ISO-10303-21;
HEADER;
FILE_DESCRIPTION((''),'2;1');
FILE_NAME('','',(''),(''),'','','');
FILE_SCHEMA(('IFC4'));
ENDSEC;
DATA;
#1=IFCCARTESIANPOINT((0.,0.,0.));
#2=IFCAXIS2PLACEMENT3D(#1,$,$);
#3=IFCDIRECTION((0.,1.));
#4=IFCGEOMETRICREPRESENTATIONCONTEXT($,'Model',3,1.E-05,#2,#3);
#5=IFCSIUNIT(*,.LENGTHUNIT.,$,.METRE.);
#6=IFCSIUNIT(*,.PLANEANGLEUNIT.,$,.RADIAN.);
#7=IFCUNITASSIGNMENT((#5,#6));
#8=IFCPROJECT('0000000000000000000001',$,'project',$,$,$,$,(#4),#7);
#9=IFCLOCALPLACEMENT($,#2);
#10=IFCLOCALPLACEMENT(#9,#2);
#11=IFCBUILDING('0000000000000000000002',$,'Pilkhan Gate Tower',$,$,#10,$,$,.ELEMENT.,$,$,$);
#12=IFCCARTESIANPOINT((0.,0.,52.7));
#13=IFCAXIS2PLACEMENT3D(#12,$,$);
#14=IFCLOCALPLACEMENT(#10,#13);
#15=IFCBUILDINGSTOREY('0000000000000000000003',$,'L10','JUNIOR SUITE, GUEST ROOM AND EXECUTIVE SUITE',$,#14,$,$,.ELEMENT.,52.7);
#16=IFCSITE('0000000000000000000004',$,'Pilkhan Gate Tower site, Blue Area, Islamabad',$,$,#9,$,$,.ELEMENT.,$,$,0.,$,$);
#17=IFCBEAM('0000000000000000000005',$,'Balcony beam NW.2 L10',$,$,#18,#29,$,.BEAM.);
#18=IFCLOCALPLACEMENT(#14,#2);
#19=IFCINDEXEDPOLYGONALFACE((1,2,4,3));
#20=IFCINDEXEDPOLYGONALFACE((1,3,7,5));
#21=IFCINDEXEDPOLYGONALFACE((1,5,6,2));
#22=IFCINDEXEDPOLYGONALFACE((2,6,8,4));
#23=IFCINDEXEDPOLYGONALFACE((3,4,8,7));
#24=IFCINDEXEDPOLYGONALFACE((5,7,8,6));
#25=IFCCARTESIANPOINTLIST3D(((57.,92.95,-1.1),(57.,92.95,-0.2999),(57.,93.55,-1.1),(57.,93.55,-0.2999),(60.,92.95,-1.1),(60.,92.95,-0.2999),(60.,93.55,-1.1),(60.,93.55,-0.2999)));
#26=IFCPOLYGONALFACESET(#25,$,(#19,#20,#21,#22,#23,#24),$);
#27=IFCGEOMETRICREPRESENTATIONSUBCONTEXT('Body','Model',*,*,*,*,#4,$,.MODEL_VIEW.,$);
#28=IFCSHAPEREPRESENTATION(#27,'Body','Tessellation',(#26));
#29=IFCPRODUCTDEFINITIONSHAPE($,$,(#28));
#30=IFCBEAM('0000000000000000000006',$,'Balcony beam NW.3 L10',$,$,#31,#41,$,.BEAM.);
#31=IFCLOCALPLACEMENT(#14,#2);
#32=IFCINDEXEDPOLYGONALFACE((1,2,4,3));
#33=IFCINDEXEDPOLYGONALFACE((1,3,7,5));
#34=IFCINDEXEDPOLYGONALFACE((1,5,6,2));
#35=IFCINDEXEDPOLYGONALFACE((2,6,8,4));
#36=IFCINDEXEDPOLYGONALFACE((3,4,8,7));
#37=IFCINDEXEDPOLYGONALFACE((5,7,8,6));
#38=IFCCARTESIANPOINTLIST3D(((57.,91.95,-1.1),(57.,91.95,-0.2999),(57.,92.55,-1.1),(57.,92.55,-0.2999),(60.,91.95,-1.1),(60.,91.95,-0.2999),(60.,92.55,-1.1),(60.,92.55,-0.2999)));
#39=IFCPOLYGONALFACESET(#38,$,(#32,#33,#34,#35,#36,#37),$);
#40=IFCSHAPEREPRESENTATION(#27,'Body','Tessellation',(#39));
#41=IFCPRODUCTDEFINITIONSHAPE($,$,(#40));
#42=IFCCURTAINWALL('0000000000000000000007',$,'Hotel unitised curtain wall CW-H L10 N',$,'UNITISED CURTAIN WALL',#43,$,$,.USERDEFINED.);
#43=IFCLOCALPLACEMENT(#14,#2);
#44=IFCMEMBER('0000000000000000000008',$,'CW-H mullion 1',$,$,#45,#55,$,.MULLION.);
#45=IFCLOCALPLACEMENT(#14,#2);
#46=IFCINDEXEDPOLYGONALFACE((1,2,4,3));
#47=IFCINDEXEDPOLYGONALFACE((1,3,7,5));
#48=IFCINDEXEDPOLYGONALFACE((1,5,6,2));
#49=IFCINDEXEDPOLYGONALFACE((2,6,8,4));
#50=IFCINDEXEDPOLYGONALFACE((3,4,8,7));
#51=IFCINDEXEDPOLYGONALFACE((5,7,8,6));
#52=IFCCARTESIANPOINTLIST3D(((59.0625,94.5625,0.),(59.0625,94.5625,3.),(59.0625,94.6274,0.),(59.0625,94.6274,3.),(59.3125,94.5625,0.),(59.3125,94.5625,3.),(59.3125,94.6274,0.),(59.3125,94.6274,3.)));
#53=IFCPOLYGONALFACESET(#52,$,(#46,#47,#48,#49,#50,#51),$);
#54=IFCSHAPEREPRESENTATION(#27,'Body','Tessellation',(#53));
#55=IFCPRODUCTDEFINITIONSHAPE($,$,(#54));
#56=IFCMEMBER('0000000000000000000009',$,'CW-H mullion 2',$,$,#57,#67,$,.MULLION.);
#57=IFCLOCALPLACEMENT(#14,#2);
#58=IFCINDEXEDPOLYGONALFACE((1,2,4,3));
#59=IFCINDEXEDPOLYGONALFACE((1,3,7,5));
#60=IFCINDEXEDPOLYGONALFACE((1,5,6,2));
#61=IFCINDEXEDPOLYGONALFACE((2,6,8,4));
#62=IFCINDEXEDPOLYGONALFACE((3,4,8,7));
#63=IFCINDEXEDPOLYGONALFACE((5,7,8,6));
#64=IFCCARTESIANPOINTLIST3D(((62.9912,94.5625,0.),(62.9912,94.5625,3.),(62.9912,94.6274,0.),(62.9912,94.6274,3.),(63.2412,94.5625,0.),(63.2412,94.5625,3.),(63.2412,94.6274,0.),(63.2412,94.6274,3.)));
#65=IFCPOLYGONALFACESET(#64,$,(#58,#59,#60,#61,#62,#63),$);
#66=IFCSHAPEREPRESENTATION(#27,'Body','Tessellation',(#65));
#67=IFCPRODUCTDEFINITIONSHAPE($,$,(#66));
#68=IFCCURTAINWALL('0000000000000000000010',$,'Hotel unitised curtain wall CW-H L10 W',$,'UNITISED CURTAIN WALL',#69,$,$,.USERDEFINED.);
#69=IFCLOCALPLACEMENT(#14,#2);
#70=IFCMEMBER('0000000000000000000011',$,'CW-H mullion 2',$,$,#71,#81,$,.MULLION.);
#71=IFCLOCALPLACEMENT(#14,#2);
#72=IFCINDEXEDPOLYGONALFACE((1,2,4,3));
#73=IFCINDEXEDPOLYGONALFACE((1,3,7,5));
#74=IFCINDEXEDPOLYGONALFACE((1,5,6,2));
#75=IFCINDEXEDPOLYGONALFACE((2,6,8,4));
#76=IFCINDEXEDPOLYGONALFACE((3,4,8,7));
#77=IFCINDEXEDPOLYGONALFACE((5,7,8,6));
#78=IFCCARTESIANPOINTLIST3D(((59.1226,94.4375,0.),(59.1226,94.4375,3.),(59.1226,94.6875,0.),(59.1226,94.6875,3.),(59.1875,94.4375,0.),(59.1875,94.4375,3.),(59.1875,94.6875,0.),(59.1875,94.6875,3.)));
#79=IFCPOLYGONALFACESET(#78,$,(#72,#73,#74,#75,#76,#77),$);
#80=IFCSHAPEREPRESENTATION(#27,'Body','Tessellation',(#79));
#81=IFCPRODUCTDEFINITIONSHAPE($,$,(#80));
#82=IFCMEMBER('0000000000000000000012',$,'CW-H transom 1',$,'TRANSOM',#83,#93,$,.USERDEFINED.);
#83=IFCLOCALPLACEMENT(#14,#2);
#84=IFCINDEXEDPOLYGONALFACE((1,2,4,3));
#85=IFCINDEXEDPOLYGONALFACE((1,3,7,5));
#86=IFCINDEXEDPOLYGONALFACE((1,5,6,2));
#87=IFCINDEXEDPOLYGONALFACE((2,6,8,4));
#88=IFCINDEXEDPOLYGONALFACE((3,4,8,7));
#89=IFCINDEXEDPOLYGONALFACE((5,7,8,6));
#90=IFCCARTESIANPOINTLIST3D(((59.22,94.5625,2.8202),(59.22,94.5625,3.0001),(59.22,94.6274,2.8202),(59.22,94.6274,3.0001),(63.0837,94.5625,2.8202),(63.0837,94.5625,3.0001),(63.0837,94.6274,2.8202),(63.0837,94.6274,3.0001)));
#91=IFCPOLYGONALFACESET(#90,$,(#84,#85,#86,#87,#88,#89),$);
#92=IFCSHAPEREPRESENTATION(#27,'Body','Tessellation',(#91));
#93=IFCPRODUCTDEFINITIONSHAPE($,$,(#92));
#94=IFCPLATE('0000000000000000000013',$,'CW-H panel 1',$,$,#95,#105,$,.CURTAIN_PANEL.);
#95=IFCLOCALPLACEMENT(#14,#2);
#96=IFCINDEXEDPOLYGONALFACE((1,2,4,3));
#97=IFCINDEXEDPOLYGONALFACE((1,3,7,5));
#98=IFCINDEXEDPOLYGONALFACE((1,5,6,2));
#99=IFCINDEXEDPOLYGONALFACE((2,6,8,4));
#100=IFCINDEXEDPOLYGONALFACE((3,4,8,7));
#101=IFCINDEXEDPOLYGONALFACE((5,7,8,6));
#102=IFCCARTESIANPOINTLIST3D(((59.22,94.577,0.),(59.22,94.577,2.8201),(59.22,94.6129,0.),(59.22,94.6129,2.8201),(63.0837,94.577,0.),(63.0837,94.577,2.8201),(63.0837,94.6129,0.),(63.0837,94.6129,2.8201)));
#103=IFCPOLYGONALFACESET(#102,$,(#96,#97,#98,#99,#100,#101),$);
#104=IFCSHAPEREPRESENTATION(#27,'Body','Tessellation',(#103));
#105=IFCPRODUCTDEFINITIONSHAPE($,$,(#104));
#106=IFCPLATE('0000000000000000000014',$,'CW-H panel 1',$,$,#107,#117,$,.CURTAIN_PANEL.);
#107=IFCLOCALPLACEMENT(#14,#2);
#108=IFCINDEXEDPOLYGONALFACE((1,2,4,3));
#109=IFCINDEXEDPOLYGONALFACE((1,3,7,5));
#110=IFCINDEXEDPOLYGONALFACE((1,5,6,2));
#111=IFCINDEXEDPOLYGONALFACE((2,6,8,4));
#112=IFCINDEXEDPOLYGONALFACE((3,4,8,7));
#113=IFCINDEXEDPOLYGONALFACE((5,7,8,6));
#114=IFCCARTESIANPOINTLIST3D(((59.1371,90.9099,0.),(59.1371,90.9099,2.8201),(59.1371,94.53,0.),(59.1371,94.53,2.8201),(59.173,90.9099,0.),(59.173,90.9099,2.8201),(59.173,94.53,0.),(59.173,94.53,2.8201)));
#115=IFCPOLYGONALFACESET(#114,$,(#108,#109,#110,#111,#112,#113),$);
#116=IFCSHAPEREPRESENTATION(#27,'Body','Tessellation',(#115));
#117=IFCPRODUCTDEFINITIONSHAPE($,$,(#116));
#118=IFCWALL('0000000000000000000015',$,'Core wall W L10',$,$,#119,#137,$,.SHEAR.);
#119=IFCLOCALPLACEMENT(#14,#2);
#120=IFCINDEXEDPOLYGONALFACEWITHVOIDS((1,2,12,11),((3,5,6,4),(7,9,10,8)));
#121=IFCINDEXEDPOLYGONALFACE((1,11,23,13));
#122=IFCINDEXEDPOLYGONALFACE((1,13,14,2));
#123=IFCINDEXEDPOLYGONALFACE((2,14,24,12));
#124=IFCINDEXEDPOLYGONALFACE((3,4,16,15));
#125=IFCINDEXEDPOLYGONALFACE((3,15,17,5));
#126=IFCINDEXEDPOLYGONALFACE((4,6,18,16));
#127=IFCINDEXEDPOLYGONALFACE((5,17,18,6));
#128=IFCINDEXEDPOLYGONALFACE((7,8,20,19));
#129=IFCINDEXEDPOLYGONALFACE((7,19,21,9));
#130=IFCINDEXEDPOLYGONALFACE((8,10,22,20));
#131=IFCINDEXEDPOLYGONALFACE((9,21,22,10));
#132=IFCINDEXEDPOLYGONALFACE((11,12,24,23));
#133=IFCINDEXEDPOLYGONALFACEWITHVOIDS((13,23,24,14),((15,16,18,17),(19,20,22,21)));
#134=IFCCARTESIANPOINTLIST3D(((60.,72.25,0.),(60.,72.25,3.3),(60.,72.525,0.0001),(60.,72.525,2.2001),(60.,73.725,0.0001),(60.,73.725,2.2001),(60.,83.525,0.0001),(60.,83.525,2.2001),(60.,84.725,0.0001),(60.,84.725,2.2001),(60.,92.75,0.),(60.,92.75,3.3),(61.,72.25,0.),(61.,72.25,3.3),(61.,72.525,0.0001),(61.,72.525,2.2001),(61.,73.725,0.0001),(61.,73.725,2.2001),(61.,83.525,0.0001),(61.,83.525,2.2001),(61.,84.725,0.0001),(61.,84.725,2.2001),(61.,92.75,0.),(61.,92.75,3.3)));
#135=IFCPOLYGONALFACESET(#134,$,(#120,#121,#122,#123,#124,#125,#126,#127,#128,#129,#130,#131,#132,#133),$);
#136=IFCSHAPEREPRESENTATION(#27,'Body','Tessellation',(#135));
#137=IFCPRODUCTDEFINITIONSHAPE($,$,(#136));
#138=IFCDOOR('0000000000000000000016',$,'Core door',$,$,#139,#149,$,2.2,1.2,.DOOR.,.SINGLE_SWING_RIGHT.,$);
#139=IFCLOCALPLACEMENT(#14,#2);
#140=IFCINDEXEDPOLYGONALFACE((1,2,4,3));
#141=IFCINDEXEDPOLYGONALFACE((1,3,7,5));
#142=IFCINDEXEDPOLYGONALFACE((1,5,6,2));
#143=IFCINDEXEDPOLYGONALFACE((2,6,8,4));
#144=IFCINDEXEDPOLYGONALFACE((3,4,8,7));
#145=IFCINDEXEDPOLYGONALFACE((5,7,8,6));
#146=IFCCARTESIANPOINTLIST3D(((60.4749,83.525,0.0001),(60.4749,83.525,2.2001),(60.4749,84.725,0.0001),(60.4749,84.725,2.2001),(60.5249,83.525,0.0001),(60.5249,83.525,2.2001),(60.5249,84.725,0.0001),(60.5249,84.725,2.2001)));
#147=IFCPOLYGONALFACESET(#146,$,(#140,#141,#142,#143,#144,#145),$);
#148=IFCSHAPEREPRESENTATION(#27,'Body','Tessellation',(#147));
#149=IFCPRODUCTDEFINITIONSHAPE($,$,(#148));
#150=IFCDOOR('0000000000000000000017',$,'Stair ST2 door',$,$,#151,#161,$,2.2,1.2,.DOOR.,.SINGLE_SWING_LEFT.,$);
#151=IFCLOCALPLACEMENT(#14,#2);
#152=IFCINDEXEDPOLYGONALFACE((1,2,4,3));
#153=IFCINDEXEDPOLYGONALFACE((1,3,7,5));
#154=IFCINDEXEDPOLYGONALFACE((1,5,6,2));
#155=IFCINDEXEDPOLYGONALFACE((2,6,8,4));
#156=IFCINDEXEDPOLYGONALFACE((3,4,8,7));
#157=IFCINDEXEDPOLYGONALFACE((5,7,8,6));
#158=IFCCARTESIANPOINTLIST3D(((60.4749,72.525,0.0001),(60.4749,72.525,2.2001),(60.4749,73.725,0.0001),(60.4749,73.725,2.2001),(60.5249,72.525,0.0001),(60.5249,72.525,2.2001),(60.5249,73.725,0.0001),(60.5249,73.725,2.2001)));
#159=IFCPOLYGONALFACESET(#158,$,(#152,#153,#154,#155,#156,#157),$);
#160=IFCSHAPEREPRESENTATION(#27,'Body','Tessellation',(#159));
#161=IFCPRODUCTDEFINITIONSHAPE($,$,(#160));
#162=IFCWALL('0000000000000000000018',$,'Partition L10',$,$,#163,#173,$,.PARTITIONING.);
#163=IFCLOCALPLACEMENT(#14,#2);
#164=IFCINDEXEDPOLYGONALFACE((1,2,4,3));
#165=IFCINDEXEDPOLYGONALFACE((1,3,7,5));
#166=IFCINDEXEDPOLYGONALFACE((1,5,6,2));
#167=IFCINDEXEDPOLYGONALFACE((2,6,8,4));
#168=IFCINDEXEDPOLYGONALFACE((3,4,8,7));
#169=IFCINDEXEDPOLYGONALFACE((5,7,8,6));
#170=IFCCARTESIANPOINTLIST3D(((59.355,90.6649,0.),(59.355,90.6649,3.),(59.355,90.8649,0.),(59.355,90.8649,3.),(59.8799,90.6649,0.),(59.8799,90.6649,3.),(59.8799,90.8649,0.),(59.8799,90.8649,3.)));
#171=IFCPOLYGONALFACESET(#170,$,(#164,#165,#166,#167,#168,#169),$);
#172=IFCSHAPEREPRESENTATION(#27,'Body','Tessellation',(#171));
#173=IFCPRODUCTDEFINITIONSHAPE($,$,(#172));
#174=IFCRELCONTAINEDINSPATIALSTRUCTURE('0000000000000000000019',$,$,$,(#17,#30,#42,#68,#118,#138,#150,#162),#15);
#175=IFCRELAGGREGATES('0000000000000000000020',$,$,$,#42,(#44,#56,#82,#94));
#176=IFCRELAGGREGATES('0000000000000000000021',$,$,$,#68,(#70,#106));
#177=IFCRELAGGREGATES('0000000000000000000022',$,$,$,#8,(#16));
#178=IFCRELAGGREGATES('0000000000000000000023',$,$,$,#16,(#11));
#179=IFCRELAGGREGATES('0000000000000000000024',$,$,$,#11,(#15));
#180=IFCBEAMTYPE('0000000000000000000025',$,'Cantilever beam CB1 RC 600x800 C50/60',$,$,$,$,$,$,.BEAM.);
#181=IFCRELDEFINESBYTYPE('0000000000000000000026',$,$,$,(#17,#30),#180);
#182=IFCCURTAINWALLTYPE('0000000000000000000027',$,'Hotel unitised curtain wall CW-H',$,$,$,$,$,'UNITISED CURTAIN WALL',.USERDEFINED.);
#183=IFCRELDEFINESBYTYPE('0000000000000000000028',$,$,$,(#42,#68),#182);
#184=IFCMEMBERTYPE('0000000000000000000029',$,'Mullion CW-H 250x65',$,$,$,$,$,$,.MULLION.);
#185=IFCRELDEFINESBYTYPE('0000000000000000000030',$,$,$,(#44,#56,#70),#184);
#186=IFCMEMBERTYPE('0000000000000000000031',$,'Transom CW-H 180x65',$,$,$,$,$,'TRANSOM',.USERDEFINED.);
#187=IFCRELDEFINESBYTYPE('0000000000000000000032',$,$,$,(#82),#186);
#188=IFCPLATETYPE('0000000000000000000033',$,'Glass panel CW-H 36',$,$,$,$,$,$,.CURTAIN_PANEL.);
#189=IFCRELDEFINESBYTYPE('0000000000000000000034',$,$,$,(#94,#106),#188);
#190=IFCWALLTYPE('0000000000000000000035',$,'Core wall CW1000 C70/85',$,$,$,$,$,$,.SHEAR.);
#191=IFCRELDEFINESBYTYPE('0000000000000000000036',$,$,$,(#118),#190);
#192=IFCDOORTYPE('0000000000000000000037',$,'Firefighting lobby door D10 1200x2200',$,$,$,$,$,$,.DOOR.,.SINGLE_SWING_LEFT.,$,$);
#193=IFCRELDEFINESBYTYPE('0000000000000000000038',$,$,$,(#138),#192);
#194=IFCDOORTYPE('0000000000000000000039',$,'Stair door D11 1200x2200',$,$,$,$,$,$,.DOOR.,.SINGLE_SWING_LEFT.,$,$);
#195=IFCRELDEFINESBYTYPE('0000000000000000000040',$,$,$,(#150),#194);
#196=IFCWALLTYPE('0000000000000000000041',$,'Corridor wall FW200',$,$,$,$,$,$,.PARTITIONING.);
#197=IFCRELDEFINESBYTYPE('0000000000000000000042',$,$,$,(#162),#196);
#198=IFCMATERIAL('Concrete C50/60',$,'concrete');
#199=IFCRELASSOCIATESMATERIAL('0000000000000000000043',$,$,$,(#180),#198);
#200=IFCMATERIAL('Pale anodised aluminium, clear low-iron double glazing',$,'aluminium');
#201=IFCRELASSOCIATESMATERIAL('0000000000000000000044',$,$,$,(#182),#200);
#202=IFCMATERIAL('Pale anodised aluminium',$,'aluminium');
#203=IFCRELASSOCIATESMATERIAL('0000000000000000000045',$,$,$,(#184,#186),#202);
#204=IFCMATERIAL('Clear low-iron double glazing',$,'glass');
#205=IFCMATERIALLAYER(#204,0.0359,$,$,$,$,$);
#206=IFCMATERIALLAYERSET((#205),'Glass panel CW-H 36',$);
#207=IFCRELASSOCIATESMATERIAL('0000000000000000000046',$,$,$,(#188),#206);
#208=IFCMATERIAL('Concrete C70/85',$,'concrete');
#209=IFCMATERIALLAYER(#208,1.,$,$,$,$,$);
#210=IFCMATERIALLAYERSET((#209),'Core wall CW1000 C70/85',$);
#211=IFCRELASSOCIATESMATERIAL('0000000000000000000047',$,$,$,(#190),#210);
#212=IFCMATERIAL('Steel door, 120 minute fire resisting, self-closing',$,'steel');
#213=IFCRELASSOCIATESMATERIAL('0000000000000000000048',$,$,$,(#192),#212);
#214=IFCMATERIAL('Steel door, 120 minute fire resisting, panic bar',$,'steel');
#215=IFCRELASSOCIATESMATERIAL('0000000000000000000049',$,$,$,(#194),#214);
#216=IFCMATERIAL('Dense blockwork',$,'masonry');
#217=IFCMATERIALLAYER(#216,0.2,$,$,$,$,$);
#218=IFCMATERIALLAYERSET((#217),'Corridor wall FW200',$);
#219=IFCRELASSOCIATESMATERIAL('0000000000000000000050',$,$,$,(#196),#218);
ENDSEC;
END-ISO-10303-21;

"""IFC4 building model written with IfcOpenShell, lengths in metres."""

from ifc_helpers import new_model, si_unit, direction, frame, frame_2d, origin, origin_2d, place, context, subcontext, project, spatial, rectangle, extrude, material, layer, layer_set, material_profile, profile_set, type_object, element, fill, aggregate, save


model = new_model("IFC4")

# Units and contexts
model_context = context("Model", 3, precision=1e-05, world=origin(), true_north=direction((0.0, 1.0)))
body_context = subcontext(model_context, "Body", "Model", "MODEL_VIEW")
ifc_project = project(units=[si_unit("LENGTHUNIT", "METRE"), si_unit("PLANEANGLEUNIT", "RADIAN")], contexts=[model_context])

# Site, building, storey
site_placement = place(None, origin())
site = spatial("IfcSite", under=ifc_project, at=site_placement, Name="Pilkhan Gate Tower site, Blue Area, Islamabad", CompositionType="ELEMENT", RefElevation=0.0)
building_placement = place(site_placement, origin())
building = spatial("IfcBuilding", under=site, at=building_placement, Name="Pilkhan Gate Tower", CompositionType="ELEMENT")
storey_placement = place(building_placement, frame((0.0, 0.0, 52.7)))
storey = spatial("IfcBuildingStorey", under=building, at=storey_placement, Name="L10", Description="JUNIOR SUITE, GUEST ROOM AND EXECUTIVE SUITE", CompositionType="ELEMENT", Elevation=52.7)

# Beams
ifc_material_1 = material(Name="Concrete C50/60", Category="concrete")
ifc_material_profile_1 = material_profile(ifc_material_1, rectangle(XDim=0.6001, YDim=0.8, at=origin_2d()), Name="RC 600x800")
ifc_profile_set_1 = profile_set([ifc_material_profile_1], Name="Concrete C50/60")
beam_type = type_object("IfcBeamType", Name="Cantilever beam CB1 RC 600x800 C50/60", PredefinedType="BEAM", material=ifc_profile_set_1)
for number, where, z_axis, x_axis, name in (
    (1, (60.0, 93.25, -0.7), (-1.0, 0.0, 0.0), (0.0, -1.0, 0.0), "Balcony beam NW.2 L10"),
    (2, (60.0, 92.25, -0.7), (-1.0, 0.0, 0.0), (0.0, -1.0, 0.0), "Balcony beam NW.3 L10"),
):
    element("IfcBeam", number, at=place(storey_placement, frame(where, z_axis=z_axis, x_axis=x_axis)), inside=storey, type_object=beam_type, Name=name, PredefinedType="BEAM", context=body_context, shape_type="SweptSolid", body=[
        extrude(rectangle(XDim=0.6001, YDim=0.8, at=origin_2d()), origin(), (0.0, 0.0, 1.0), 3.0),
    ])

# Curtain wall, members
ifc_material_2 = material(Name="Pale anodised aluminium, clear low-iron double glazing", Category="aluminium")
curtain_wall_type = type_object("IfcCurtainWallType", Name="Hotel unitised curtain wall CW-H", ElementType="UNITISED CURTAIN WALL", PredefinedType="USERDEFINED", material=ifc_material_2)
curtain_wall_1_placement = place(storey_placement, origin())
curtain_wall_1 = element("IfcCurtainWall", 3, at=curtain_wall_1_placement, inside=storey, type_object=curtain_wall_type, Name="Hotel unitised curtain wall CW-H L10 N", ObjectType="UNITISED CURTAIN WALL", PredefinedType="USERDEFINED")
ifc_material_3 = material(Name="Pale anodised aluminium", Category="aluminium")
ifc_material_profile_2 = material_profile(ifc_material_3, rectangle(XDim=0.0649, YDim=0.25, at=origin_2d()), Name="Mullion 250x65")
ifc_profile_set_2 = profile_set([ifc_material_profile_2], Name="Pale anodised aluminium")
member_type_1 = type_object("IfcMemberType", Name="Mullion CW-H 250x65", PredefinedType="MULLION", material=ifc_profile_set_2)
member_1_placement = place(storey_placement, frame((59.1875, 94.595, 0.0), z_axis=(0.0, 0.0, 1.0), x_axis=(0.0, 1.0, 0.0)))
member_1 = element("IfcMember", 4, at=member_1_placement, type_object=member_type_1, Name="CW-H mullion 1", PredefinedType="MULLION", context=body_context, shape_type="SweptSolid", body=[
    extrude(rectangle(XDim=0.0649, YDim=0.25, at=origin_2d()), origin(), (0.0, 0.0, 1.0), 3.0),
])
member_2_placement = place(storey_placement, frame((63.1162, 94.595, 0.0), z_axis=(0.0, 0.0, 1.0), x_axis=(0.0, 1.0, 0.0)))
member_2 = element("IfcMember", 5, at=member_2_placement, type_object=member_type_1, Name="CW-H mullion 2", PredefinedType="MULLION", context=body_context, shape_type="SweptSolid", body=[
    extrude(rectangle(XDim=0.0649, YDim=0.25, at=origin_2d()), origin(), (0.0, 0.0, 1.0), 3.0),
])

# Curtain wall, member
curtain_wall_2_placement = place(storey_placement, origin())
curtain_wall_2 = element("IfcCurtainWall", 6, at=curtain_wall_2_placement, inside=storey, type_object=curtain_wall_type, Name="Hotel unitised curtain wall CW-H L10 W", ObjectType="UNITISED CURTAIN WALL", PredefinedType="USERDEFINED")
member_3_placement = place(storey_placement, frame((59.155, 94.5625, 0.0), z_axis=(0.0, 0.0, 1.0), x_axis=(-1.0, 0.0, 0.0)))
member_3 = element("IfcMember", 7, at=member_3_placement, type_object=member_type_1, Name="CW-H mullion 2", PredefinedType="MULLION", context=body_context, shape_type="SweptSolid", body=[
    extrude(rectangle(XDim=0.0649, YDim=0.25, at=origin_2d()), origin(), (0.0, 0.0, 1.0), 3.0),
])

# Member
ifc_material_profile_3 = material_profile(ifc_material_3, rectangle(XDim=0.0649, YDim=0.1799, at=origin_2d()), Name="Transom 180x65")
ifc_profile_set_3 = profile_set([ifc_material_profile_3], Name="Pale anodised aluminium")
member_type_2 = type_object("IfcMemberType", Name="Transom CW-H 180x65", ElementType="TRANSOM", PredefinedType="USERDEFINED", material=ifc_profile_set_3)
member_4_placement = place(storey_placement, frame((59.22, 94.595, 2.9102), z_axis=(1.0, 0.0, 0.0), x_axis=(0.0, 1.0, 0.0)))
member_4 = element("IfcMember", 8, at=member_4_placement, type_object=member_type_2, Name="CW-H transom 1", ObjectType="TRANSOM", PredefinedType="USERDEFINED", context=body_context, shape_type="SweptSolid", body=[
    extrude(rectangle(XDim=0.0649, YDim=0.1799, at=origin_2d()), origin(), (0.0, 0.0, 1.0), 3.8638),
])

# Plates
ifc_material_4 = material(Name="Clear low-iron double glazing", Category="glass")
ifc_layer_1 = layer(ifc_material_4, 0.0359)
ifc_layer_set_1 = layer_set([ifc_layer_1], Name="Glass panel CW-H 36")
plate_type = type_object("IfcPlateType", Name="Glass panel CW-H 36", PredefinedType="CURTAIN_PANEL", material=ifc_layer_set_1)
plate_1_placement = place(storey_placement, frame((61.1519, 94.595, 0.0), z_axis=(0.0, 0.0, 1.0), x_axis=(1.0, 0.0, 0.0)))
plate_1 = element("IfcPlate", 9, at=plate_1_placement, type_object=plate_type, Name="CW-H panel 1", PredefinedType="CURTAIN_PANEL", context=body_context, shape_type="SweptSolid", body=[
    extrude(rectangle(XDim=3.8638, YDim=0.0359, at=origin_2d()), origin(), (0.0, 0.0, 1.0), 2.8201),
])
aggregate(curtain_wall_1, [member_1, member_2, member_4, plate_1])
plate_2_placement = place(storey_placement, frame((59.155, 92.72, 0.0), z_axis=(0.0, 0.0, 1.0), x_axis=(0.0, 1.0, 0.0)))
plate_2 = element("IfcPlate", 10, at=plate_2_placement, type_object=plate_type, Name="CW-H panel 1", PredefinedType="CURTAIN_PANEL", context=body_context, shape_type="SweptSolid", body=[
    extrude(rectangle(XDim=3.6201, YDim=0.0359, at=origin_2d()), origin(), (0.0, 0.0, 1.0), 2.8201),
])
aggregate(curtain_wall_2, [member_3, plate_2])

# Wall, openings, doors
ifc_material_5 = material(Name="Concrete C70/85", Category="concrete")
ifc_layer_2 = layer(ifc_material_5, 1.0)
ifc_layer_set_2 = layer_set([ifc_layer_2], Name="Core wall CW1000 C70/85")
wall_type_1 = type_object("IfcWallType", Name="Core wall CW1000 C70/85", PredefinedType="SHEAR", material=ifc_layer_set_2)
wall_1_placement = place(storey_placement, frame((60.5, 92.75, 0.0), z_axis=(0.0, 0.0, 1.0), x_axis=(0.0, -1.0, 0.0)))
wall_1 = element("IfcWall", 11, at=wall_1_placement, inside=storey, type_object=wall_type_1, Name="Core wall W L10", PredefinedType="SHEAR", context=body_context, shape_type="SweptSolid", body=[
    extrude(rectangle(XDim=20.5, YDim=1.0, at=frame_2d((10.25, 0.0))), origin(), (0.0, 0.0, 1.0), 3.3),
])
opening_1_placement = place(wall_1_placement, frame((19.0249, 0.0, 0.0)))
opening_1 = element("IfcOpeningElement", 12, at=opening_1_placement, cuts=wall_1, PredefinedType="OPENING", context=body_context, shape_type="SweptSolid", body=[
    extrude(rectangle(XDim=1.2, YDim=2.2, at=frame_2d((0.6001, 1.1001))), frame((0.0, 0.51, 0.0), z_axis=(0.0, -1.0, 0.0), x_axis=(1.0, 0.0, 0.0)), (0.0, 0.0, 1.0), 1.02),
])
opening_2_placement = place(wall_1_placement, frame((8.0249, 0.0, 0.0)))
opening_2 = element("IfcOpeningElement", 13, at=opening_2_placement, cuts=wall_1, PredefinedType="OPENING", context=body_context, shape_type="SweptSolid", body=[
    extrude(rectangle(XDim=1.2, YDim=2.2, at=frame_2d((0.6001, 1.1001))), frame((0.0, 0.51, 0.0), z_axis=(0.0, -1.0, 0.0), x_axis=(1.0, 0.0, 0.0)), (0.0, 0.0, 1.0), 1.02),
])
ifc_material_6 = material(Name="Steel door, 120 minute fire resisting, self-closing", Category="steel")
door_type_1 = type_object("IfcDoorType", Name="Firefighting lobby door D10 1200x2200", OperationType="SINGLE_SWING_LEFT", PredefinedType="DOOR", material=ifc_material_6)
door_1_placement = place(opening_2_placement, origin())
door_1 = element("IfcDoor", 14, at=door_1_placement, inside=storey, type_object=door_type_1, Name="Core door", OperationType="SINGLE_SWING_RIGHT", OverallHeight=2.2, OverallWidth=1.2, PredefinedType="DOOR", context=body_context, shape_type="SweptSolid", body=[
    extrude(rectangle(XDim=1.2, YDim=2.2, at=frame_2d((0.6001, 1.1001))), frame((0.0, 0.0249, 0.0), z_axis=(0.0, -1.0, 0.0), x_axis=(1.0, 0.0, 0.0)), (0.0, 0.0, 1.0), 0.05),
])
fill(opening_2, door_1)
ifc_material_7 = material(Name="Steel door, 120 minute fire resisting, panic bar", Category="steel")
door_type_2 = type_object("IfcDoorType", Name="Stair door D11 1200x2200", OperationType="SINGLE_SWING_LEFT", PredefinedType="DOOR", material=ifc_material_7)
door_2_placement = place(opening_1_placement, origin())
door_2 = element("IfcDoor", 15, at=door_2_placement, inside=storey, type_object=door_type_2, Name="Stair ST2 door", OperationType="SINGLE_SWING_LEFT", OverallHeight=2.2, OverallWidth=1.2, PredefinedType="DOOR", context=body_context, shape_type="SweptSolid", body=[
    extrude(rectangle(XDim=1.2, YDim=2.2, at=frame_2d((0.6001, 1.1001))), frame((0.0, 0.0249, 0.0), z_axis=(0.0, -1.0, 0.0), x_axis=(1.0, 0.0, 0.0)), (0.0, 0.0, 1.0), 0.05),
])
fill(opening_1, door_2)

# Wall
ifc_material_8 = material(Name="Dense blockwork", Category="masonry")
ifc_layer_3 = layer(ifc_material_8, 0.2)
ifc_layer_set_3 = layer_set([ifc_layer_3], Name="Corridor wall FW200")
wall_type_2 = type_object("IfcWallType", Name="Corridor wall FW200", PredefinedType="PARTITIONING", material=ifc_layer_set_3)
wall_2_placement = place(storey_placement, frame((59.355, 90.7649, 0.0), z_axis=(0.0, 0.0, 1.0), x_axis=(1.0, 0.0, 0.0)))
element("IfcWall", 16, at=wall_2_placement, inside=storey, type_object=wall_type_2, Name="Partition L10", PredefinedType="PARTITIONING", context=body_context, shape_type="SweptSolid", body=[
    extrude(rectangle(XDim=0.5249, YDim=0.2, at=frame_2d((0.2625, 0.0))), origin(), (0.0, 0.0, 1.0), 3.0),
])

save(model, "model.ifc")
